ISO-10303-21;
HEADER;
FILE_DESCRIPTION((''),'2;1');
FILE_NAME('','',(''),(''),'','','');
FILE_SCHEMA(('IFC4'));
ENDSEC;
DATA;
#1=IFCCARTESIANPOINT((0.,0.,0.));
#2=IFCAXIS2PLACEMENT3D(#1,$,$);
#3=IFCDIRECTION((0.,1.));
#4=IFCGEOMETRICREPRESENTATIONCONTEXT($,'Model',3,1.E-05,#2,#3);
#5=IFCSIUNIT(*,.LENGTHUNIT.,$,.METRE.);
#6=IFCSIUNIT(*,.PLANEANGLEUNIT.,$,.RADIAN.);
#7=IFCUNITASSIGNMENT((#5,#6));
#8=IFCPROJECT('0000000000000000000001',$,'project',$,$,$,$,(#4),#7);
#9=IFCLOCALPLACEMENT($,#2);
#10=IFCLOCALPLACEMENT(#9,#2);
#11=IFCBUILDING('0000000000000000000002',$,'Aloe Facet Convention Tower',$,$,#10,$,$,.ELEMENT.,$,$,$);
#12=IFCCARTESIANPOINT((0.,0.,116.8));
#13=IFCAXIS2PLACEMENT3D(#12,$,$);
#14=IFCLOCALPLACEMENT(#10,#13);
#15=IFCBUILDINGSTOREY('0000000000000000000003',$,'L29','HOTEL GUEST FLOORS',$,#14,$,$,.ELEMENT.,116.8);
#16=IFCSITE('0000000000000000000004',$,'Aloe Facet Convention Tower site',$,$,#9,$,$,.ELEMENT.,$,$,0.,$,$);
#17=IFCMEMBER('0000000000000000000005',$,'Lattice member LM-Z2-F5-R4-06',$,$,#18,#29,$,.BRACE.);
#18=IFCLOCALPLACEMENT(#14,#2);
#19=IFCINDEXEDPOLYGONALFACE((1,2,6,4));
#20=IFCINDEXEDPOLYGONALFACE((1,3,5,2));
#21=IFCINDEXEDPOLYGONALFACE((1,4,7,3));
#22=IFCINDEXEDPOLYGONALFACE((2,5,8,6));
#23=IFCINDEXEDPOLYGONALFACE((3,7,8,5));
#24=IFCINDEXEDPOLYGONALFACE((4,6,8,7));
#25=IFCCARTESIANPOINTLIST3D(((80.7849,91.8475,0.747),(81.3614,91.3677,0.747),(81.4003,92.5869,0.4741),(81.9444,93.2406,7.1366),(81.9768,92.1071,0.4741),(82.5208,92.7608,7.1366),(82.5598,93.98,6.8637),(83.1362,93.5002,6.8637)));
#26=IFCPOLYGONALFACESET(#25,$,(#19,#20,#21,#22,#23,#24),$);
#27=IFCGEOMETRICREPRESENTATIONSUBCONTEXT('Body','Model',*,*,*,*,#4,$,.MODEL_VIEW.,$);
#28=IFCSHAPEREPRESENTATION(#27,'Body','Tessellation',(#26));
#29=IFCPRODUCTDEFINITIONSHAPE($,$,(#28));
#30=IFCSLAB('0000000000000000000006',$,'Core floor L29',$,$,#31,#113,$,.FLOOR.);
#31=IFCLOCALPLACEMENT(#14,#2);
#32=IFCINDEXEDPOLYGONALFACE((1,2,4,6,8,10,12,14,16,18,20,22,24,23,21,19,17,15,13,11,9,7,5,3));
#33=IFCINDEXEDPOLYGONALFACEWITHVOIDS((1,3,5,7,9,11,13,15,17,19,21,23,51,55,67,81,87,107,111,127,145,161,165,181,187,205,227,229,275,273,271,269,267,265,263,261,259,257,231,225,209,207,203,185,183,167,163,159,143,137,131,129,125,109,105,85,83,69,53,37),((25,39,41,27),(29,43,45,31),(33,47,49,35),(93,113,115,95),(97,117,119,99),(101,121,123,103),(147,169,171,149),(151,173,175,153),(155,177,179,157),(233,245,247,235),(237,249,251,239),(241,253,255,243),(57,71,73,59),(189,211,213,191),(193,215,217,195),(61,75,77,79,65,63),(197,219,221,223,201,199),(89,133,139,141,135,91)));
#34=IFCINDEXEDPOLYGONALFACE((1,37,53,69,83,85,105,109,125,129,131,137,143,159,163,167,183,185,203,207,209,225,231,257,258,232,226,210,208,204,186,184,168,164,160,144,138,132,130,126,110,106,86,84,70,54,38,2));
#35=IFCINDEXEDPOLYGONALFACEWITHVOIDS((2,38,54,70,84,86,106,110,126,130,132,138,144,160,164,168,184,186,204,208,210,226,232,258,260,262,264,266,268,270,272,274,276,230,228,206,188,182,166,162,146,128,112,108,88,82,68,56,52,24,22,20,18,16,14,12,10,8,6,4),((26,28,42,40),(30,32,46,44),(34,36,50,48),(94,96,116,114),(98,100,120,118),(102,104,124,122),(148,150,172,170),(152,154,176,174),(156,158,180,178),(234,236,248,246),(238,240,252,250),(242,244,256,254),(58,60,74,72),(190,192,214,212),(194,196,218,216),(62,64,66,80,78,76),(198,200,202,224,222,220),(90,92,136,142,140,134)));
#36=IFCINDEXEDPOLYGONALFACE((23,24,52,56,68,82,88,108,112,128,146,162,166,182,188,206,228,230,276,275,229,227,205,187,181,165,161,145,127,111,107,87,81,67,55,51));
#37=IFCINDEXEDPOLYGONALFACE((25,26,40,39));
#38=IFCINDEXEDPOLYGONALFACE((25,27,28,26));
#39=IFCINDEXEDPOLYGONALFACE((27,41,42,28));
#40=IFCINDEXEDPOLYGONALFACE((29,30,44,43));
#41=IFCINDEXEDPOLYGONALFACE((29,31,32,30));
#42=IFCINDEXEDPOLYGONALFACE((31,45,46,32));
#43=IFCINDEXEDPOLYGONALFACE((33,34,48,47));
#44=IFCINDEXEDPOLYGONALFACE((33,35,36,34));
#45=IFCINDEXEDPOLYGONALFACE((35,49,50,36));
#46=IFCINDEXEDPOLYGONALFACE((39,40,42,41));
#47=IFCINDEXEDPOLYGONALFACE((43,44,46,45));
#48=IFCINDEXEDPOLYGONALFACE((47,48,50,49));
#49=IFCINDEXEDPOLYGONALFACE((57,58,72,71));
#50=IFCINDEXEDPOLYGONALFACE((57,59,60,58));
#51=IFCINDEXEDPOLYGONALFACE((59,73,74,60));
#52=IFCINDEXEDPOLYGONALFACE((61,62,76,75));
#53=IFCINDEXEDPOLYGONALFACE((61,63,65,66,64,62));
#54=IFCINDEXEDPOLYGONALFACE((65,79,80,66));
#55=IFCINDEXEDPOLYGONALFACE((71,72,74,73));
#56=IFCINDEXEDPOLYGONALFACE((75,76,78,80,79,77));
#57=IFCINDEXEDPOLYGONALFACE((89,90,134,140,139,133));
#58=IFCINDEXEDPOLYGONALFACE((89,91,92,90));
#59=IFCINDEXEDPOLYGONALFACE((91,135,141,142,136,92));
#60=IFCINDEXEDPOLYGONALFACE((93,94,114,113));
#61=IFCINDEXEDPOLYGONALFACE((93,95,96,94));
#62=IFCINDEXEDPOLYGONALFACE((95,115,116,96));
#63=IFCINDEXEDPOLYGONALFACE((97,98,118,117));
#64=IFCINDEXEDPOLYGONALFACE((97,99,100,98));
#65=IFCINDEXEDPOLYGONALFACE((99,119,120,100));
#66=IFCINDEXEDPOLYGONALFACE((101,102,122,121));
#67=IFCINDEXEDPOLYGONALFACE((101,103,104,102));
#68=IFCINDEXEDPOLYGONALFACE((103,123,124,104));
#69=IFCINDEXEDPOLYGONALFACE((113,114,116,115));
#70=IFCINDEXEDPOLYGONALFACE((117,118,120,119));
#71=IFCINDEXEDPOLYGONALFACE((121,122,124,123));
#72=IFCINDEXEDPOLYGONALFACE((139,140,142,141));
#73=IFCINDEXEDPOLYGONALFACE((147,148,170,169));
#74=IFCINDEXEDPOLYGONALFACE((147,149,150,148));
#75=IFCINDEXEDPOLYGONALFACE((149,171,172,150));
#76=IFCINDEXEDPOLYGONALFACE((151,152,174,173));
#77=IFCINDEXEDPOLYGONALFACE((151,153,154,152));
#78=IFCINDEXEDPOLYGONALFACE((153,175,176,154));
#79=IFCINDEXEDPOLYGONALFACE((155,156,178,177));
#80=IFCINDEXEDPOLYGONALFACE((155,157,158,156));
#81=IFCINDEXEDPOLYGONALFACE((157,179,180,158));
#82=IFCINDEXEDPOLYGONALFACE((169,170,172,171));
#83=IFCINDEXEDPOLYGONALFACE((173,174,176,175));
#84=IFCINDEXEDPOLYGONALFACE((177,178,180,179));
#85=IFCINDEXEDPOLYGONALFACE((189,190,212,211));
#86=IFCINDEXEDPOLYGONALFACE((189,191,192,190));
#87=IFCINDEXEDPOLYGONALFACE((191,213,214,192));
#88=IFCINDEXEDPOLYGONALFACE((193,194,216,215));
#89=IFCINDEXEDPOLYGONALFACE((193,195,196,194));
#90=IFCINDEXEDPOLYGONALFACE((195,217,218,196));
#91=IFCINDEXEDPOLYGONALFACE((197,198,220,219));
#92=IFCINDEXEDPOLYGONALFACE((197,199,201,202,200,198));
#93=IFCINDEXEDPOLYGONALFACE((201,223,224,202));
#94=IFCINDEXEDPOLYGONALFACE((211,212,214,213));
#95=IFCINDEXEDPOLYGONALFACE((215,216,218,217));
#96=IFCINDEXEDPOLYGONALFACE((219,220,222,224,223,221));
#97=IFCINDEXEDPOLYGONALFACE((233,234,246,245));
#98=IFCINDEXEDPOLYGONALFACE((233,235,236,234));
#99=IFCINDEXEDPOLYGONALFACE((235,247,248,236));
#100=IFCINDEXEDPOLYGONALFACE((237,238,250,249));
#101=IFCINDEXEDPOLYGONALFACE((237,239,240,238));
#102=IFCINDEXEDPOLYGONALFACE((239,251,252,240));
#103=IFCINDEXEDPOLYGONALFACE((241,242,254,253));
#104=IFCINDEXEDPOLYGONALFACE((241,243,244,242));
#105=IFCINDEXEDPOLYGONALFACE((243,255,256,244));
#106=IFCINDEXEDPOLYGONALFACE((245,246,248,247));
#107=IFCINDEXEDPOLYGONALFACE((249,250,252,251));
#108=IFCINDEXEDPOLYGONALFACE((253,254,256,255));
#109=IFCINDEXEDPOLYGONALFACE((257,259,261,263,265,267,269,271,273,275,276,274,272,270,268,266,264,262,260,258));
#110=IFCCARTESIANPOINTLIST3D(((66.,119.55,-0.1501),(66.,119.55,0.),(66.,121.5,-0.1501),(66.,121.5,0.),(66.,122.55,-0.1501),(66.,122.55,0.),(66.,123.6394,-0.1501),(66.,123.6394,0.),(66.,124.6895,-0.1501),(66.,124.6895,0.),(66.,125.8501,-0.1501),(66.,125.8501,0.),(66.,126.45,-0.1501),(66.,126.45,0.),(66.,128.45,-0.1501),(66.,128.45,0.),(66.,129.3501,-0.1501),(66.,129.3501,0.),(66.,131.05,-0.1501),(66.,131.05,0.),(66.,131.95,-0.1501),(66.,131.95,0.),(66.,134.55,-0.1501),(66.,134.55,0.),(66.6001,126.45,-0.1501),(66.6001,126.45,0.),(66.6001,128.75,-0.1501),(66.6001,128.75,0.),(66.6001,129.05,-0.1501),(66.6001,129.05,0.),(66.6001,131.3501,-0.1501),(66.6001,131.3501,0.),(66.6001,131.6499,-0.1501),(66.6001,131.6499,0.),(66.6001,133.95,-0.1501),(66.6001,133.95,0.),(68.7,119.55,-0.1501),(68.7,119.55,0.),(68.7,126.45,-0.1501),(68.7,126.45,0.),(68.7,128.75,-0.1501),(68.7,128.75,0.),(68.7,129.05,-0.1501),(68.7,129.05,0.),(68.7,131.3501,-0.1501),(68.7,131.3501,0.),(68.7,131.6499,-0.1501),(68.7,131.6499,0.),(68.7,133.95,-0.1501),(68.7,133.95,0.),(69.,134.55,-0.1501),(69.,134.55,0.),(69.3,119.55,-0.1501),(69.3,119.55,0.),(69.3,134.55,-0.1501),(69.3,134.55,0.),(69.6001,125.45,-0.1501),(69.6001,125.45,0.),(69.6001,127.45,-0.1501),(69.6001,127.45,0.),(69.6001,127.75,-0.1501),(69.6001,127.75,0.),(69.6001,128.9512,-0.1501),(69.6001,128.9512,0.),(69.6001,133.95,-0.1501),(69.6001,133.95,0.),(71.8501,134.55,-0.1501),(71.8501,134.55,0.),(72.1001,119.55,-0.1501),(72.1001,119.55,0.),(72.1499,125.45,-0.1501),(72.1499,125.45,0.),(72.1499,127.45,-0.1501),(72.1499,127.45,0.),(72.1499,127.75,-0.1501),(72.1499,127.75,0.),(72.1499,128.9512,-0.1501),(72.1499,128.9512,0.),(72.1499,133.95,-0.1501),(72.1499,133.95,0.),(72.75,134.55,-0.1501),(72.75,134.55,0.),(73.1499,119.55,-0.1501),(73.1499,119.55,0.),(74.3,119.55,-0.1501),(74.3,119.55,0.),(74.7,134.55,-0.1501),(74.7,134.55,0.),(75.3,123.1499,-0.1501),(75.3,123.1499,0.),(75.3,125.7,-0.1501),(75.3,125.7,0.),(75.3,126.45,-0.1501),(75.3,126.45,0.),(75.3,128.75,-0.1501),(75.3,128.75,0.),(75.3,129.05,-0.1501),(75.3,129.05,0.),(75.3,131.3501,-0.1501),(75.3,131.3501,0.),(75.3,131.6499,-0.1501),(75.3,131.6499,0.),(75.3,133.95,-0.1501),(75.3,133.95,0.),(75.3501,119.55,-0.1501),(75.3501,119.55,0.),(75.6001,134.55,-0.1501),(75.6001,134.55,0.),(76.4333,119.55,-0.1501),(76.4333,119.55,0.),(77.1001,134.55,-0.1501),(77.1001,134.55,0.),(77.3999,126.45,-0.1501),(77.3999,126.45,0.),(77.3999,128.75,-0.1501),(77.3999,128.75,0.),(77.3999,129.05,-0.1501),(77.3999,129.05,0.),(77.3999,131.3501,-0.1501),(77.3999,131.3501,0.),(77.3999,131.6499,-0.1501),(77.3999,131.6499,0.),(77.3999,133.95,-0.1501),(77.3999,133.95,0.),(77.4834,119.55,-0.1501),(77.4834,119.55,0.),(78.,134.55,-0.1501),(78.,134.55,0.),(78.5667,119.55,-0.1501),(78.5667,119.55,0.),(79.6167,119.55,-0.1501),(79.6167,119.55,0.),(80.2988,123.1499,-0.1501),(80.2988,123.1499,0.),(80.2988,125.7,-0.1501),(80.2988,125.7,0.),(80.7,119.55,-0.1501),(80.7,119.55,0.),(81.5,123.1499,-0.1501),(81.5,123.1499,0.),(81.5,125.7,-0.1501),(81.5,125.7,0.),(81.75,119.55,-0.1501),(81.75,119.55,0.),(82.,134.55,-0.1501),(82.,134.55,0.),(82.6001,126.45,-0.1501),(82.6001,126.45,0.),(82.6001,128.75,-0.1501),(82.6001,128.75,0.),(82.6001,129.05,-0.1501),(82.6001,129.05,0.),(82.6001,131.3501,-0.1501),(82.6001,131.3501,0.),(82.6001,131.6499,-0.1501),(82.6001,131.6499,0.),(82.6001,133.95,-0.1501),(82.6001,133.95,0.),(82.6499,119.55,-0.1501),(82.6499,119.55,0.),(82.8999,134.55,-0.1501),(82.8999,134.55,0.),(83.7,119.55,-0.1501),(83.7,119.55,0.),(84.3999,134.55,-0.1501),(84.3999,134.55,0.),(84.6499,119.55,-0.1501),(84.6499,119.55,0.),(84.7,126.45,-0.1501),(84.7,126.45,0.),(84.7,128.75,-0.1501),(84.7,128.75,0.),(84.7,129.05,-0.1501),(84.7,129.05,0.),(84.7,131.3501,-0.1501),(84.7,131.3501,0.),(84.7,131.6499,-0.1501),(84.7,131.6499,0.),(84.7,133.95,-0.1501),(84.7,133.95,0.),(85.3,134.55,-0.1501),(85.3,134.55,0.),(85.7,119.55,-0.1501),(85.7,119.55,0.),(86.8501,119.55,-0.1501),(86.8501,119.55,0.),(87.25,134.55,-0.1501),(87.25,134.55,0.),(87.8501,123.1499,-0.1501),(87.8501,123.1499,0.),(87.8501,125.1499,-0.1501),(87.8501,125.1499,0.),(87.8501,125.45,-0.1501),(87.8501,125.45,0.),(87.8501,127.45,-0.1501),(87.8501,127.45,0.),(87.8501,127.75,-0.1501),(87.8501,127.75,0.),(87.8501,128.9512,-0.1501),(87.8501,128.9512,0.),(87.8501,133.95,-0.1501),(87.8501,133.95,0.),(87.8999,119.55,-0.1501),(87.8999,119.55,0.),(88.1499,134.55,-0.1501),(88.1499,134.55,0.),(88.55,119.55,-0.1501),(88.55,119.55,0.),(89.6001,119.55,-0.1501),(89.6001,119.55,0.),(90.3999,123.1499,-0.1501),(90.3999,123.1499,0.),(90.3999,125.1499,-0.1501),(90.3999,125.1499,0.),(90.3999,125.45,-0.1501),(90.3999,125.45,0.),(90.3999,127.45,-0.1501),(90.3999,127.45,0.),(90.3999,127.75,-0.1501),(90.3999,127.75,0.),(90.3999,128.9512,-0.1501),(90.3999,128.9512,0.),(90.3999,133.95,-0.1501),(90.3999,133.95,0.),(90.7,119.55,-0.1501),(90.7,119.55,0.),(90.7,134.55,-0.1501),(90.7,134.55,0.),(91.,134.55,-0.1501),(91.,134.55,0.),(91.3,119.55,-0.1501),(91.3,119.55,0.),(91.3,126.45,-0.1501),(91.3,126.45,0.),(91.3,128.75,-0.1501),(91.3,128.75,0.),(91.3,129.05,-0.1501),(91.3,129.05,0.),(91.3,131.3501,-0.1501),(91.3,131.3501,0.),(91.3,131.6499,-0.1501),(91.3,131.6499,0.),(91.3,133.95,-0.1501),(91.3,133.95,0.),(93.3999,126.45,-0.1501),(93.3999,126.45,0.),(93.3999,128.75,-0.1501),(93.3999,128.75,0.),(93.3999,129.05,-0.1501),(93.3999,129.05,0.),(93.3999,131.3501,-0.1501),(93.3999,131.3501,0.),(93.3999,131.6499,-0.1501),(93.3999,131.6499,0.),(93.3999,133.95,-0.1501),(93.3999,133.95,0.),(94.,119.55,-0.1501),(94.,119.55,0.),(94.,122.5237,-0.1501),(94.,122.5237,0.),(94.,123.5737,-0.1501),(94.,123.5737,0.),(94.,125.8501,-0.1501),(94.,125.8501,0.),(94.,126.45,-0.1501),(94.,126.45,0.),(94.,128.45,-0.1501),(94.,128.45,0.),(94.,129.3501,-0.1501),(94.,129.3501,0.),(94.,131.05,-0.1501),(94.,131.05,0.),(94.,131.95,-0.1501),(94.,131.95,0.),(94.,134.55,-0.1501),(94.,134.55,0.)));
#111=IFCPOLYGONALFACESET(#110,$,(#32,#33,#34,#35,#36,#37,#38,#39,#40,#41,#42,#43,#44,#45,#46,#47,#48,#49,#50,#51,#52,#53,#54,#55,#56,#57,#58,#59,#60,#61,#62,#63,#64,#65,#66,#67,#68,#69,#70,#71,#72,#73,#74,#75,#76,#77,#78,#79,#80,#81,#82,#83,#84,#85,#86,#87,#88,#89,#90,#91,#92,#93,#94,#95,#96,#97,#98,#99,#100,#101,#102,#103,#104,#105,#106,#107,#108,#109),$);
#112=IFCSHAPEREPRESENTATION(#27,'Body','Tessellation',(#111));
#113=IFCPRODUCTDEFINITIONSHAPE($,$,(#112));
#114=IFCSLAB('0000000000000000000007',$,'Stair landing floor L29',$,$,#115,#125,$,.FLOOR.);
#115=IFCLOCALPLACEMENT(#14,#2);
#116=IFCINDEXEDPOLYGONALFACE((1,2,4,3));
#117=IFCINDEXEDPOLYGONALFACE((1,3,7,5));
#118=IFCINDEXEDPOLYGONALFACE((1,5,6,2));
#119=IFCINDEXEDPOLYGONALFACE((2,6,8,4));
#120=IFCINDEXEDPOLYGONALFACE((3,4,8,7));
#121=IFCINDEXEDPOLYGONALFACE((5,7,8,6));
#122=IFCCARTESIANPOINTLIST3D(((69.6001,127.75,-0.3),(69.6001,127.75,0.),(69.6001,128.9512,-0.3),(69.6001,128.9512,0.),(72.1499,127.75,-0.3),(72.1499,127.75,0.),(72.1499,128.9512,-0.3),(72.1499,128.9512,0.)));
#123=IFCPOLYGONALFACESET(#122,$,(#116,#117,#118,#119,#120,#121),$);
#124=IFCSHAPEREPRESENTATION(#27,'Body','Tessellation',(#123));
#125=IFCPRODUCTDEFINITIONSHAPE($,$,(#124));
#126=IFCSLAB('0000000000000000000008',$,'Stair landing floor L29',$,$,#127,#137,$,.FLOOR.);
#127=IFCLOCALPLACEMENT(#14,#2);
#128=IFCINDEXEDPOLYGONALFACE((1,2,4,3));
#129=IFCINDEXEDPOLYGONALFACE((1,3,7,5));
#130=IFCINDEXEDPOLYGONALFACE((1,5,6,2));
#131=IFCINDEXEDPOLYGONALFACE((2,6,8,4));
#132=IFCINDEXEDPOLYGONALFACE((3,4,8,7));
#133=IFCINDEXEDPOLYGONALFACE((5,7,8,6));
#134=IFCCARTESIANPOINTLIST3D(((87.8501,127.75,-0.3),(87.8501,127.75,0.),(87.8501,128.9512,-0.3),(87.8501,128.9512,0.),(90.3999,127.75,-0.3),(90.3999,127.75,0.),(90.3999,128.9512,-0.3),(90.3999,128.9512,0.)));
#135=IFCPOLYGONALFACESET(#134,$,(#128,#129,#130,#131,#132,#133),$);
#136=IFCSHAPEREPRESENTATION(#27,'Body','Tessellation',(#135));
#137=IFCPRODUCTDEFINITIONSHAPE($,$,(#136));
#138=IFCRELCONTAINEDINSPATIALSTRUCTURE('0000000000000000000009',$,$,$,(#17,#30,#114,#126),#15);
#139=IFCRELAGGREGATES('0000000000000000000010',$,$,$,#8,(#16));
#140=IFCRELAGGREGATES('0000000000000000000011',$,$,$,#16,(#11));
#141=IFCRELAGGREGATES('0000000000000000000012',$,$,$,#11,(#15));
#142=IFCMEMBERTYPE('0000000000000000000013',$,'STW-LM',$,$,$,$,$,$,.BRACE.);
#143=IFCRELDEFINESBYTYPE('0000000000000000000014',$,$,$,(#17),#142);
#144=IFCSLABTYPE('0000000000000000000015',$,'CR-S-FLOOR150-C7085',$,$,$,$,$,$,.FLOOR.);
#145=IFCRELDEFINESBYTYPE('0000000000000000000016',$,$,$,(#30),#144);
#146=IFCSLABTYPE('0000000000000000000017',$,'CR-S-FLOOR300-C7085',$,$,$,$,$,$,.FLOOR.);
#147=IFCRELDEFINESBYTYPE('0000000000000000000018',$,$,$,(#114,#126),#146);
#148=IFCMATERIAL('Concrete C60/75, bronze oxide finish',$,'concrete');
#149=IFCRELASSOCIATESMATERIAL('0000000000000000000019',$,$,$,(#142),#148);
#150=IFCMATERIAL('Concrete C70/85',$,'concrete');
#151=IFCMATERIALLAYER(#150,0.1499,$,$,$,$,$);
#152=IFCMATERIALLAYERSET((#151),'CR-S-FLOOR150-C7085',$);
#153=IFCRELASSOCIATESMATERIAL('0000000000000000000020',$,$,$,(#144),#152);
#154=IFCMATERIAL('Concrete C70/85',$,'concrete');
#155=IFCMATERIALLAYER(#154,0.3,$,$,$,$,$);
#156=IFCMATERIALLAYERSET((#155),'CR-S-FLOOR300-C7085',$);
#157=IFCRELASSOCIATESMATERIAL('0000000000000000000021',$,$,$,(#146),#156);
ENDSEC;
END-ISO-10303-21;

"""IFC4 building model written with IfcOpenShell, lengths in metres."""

from ifc_helpers import new_model, si_unit, direction, frame, origin, origin_2d, place, context, subcontext, project, spatial, polyline, rectangle, outline, extrude, material, layer, layer_set, material_profile, profile_set, type_object, element, save


model = new_model("IFC4")

# Units and contexts
model_context = context("Model", 3, precision=1e-05, world=origin(), true_north=direction((0.0, 1.0)))
body_context = subcontext(model_context, "Body", "Model", "MODEL_VIEW")
ifc_project = project(units=[si_unit("LENGTHUNIT", "METRE"), si_unit("PLANEANGLEUNIT", "RADIAN")], contexts=[model_context])

# Site, building, storey
site_placement = place(None, origin())
site = spatial("IfcSite", under=ifc_project, at=site_placement, Name="Aloe Facet Convention Tower site", CompositionType="ELEMENT", RefElevation=0.0)
building_placement = place(site_placement, origin())
building = spatial("IfcBuilding", under=site, at=building_placement, Name="Aloe Facet Convention Tower", CompositionType="ELEMENT")
storey_placement = place(building_placement, frame((0.0, 0.0, 116.8)))
storey = spatial("IfcBuildingStorey", under=building, at=storey_placement, Name="L29", Description="HOTEL GUEST FLOORS", CompositionType="ELEMENT", Elevation=116.8)

# Member
ifc_material_1 = material(Name="Concrete C60/75, bronze oxide finish", Category="concrete")
ifc_material_profile_1 = material_profile(ifc_material_1, rectangle(XDim=0.75, YDim=1.0, at=origin_2d()), Name="STW-LM")
ifc_profile_set_1 = profile_set([ifc_material_profile_1], Name="Concrete C60/75, bronze oxide finish")
member_type = type_object("IfcMemberType", Name="STW-LM", PredefinedType="BRACE", material=ifc_profile_set_1)
for number, where, z_axis, x_axis, name in (
    (1, (81.3809, 91.9773, 0.6106), (0.174573, 0.209752, 0.962044), (-0.768619, 0.639707, 0.0), "Lattice member LM-Z2-F5-R4-06"),
):
    element("IfcMember", number, at=place(storey_placement, frame(where, z_axis=z_axis, x_axis=x_axis)), inside=storey, type_object=member_type, Name=name, PredefinedType="BRACE", context=body_context, shape_type="SweptSolid", body=[
        extrude(rectangle(XDim=0.75, YDim=1.0, at=origin_2d()), origin(), (0.0, 0.0, 1.0), 6.6416),
    ])

# Slabs
ifc_material_2 = material(Name="Concrete C70/85", Category="concrete")
ifc_layer_1 = layer(ifc_material_2, 0.1499)
ifc_layer_set_1 = layer_set([ifc_layer_1], Name="CR-S-FLOOR150-C7085")
slab_type_1 = type_object("IfcSlabType", Name="CR-S-FLOOR150-C7085", PredefinedType="FLOOR", material=ifc_layer_set_1)
slab_1_placement = place(storey_placement, frame((0.0, 0.0, -0.1501)))
element("IfcSlab", 2, at=slab_1_placement, inside=storey, type_object=slab_type_1, Name="Core floor L29", PredefinedType="FLOOR", context=body_context, shape_type="SweptSolid", body=[
    extrude(outline(polyline([(69.3, 134.55), (71.8501, 134.55), (72.75, 134.55), (74.7, 134.55), (75.6001, 134.55), (77.1001, 134.55), (78.0, 134.55), (82.0, 134.55), (82.8999, 134.55), (84.3999, 134.55), (85.3, 134.55), (87.25, 134.55), (88.1499, 134.55), (90.7, 134.55), (91.0, 134.55), (94.0, 134.55), (94.0, 131.95), (94.0, 131.05), (94.0, 129.3501), (94.0, 128.45), (94.0, 126.45), (94.0, 125.8501), (94.0, 123.5737), (94.0, 122.5237), (94.0, 119.55), (91.3, 119.55), (90.7, 119.55), (89.6001, 119.55), (88.55, 119.55), (87.8999, 119.55), (86.8501, 119.55), (85.7, 119.55), (84.6499, 119.55), (83.7, 119.55), (82.6499, 119.55), (81.75, 119.55), (80.7, 119.55), (79.6167, 119.55), (78.5667, 119.55), (77.4834, 119.55), (76.4333, 119.55), (75.3501, 119.55), (74.3, 119.55), (73.1499, 119.55), (72.1001, 119.55), (69.3, 119.55), (68.7, 119.55), (66.0, 119.55), (66.0, 121.5), (66.0, 122.55), (66.0, 123.6394), (66.0, 124.6895), (66.0, 125.8501), (66.0, 126.45), (66.0, 128.45), (66.0, 129.3501), (66.0, 131.05), (66.0, 131.95), (66.0, 134.55), (69.0, 134.55), (69.3, 134.55)]), holes=[polyline([(75.3, 123.1499), (80.2988, 123.1499), (81.5, 123.1499), (81.5, 125.7), (80.2988, 125.7), (75.3, 125.7), (75.3, 123.1499)]), polyline([(69.6001, 125.45), (72.1499, 125.45), (72.1499, 127.45), (69.6001, 127.45), (69.6001, 125.45)]), polyline([(66.6001, 126.45), (68.7, 126.45), (68.7, 128.75), (66.6001, 128.75), (66.6001, 126.45)]), polyline([(75.3, 126.45), (77.3999, 126.45), (77.3999, 128.75), (75.3, 128.75), (75.3, 126.45)]), polyline([(66.6001, 129.05), (68.7, 129.05), (68.7, 131.3501), (66.6001, 131.3501), (66.6001, 129.05)]), polyline([(75.3, 129.05), (77.3999, 129.05), (77.3999, 131.3501), (75.3, 131.3501), (75.3, 129.05)]), polyline([(69.6001, 133.95), (69.6001, 128.9512), (69.6001, 127.75), (72.1499, 127.75), (72.1499, 128.9512), (72.1499, 133.95), (69.6001, 133.95)]), polyline([(66.6001, 133.95), (66.6001, 131.6499), (68.7, 131.6499), (68.7, 133.95), (66.6001, 133.95)]), polyline([(75.3, 133.95), (75.3, 131.6499), (77.3999, 131.6499), (77.3999, 133.95), (75.3, 133.95)]), polyline([(87.8501, 123.1499), (90.3999, 123.1499), (90.3999, 125.1499), (87.8501, 125.1499), (87.8501, 123.1499)]), polyline([(87.8501, 125.45), (90.3999, 125.45), (90.3999, 127.45), (87.8501, 127.45), (87.8501, 125.45)]), polyline([(82.6001, 126.45), (84.7, 126.45), (84.7, 128.75), (82.6001, 128.75), (82.6001, 126.45)]), polyline([(91.3, 126.45), (93.3999, 126.45), (93.3999, 128.75), (91.3, 128.75), (91.3, 126.45)]), polyline([(82.6001, 129.05), (84.7, 129.05), (84.7, 131.3501), (82.6001, 131.3501), (82.6001, 129.05)]), polyline([(91.3, 129.05), (93.3999, 129.05), (93.3999, 131.3501), (91.3, 131.3501), (91.3, 129.05)]), polyline([(87.8501, 133.95), (87.8501, 128.9512), (87.8501, 127.75), (90.3999, 127.75), (90.3999, 128.9512), (90.3999, 133.95), (87.8501, 133.95)]), polyline([(82.6001, 133.95), (82.6001, 131.6499), (84.7, 131.6499), (84.7, 133.95), (82.6001, 133.95)]), polyline([(91.3, 133.95), (91.3, 131.6499), (93.3999, 131.6499), (93.3999, 133.95), (91.3, 133.95)])]), origin(), (0.0, 0.0, 1.0), 0.1501),
])
ifc_material_3 = material(Name="Concrete C70/85", Category="concrete")
ifc_layer_2 = layer(ifc_material_3, 0.3)
ifc_layer_set_2 = layer_set([ifc_layer_2], Name="CR-S-FLOOR300-C7085")
slab_type_2 = type_object("IfcSlabType", Name="CR-S-FLOOR300-C7085", PredefinedType="FLOOR", material=ifc_layer_set_2)
slab_2_placement = place(storey_placement, frame((0.0, 0.0, -0.3)))
element("IfcSlab", 3, at=slab_2_placement, inside=storey, type_object=slab_type_2, Name="Stair landing floor L29", PredefinedType="FLOOR", context=body_context, shape_type="SweptSolid", body=[
    extrude(outline(polyline([(72.1499, 127.75), (72.1499, 128.9512), (69.6001, 128.9512), (69.6001, 127.75), (72.1499, 127.75)])), origin(), (0.0, 0.0, 1.0), 0.3),
])
slab_3_placement = place(storey_placement, frame((0.0, 0.0, -0.3)))
element("IfcSlab", 4, at=slab_3_placement, inside=storey, type_object=slab_type_2, Name="Stair landing floor L29", PredefinedType="FLOOR", context=body_context, shape_type="SweptSolid", body=[
    extrude(outline(polyline([(90.3999, 127.75), (90.3999, 128.9512), (87.8501, 128.9512), (87.8501, 127.75), (90.3999, 127.75)])), origin(), (0.0, 0.0, 1.0), 0.3),
])

save(model, "model.ifc")
